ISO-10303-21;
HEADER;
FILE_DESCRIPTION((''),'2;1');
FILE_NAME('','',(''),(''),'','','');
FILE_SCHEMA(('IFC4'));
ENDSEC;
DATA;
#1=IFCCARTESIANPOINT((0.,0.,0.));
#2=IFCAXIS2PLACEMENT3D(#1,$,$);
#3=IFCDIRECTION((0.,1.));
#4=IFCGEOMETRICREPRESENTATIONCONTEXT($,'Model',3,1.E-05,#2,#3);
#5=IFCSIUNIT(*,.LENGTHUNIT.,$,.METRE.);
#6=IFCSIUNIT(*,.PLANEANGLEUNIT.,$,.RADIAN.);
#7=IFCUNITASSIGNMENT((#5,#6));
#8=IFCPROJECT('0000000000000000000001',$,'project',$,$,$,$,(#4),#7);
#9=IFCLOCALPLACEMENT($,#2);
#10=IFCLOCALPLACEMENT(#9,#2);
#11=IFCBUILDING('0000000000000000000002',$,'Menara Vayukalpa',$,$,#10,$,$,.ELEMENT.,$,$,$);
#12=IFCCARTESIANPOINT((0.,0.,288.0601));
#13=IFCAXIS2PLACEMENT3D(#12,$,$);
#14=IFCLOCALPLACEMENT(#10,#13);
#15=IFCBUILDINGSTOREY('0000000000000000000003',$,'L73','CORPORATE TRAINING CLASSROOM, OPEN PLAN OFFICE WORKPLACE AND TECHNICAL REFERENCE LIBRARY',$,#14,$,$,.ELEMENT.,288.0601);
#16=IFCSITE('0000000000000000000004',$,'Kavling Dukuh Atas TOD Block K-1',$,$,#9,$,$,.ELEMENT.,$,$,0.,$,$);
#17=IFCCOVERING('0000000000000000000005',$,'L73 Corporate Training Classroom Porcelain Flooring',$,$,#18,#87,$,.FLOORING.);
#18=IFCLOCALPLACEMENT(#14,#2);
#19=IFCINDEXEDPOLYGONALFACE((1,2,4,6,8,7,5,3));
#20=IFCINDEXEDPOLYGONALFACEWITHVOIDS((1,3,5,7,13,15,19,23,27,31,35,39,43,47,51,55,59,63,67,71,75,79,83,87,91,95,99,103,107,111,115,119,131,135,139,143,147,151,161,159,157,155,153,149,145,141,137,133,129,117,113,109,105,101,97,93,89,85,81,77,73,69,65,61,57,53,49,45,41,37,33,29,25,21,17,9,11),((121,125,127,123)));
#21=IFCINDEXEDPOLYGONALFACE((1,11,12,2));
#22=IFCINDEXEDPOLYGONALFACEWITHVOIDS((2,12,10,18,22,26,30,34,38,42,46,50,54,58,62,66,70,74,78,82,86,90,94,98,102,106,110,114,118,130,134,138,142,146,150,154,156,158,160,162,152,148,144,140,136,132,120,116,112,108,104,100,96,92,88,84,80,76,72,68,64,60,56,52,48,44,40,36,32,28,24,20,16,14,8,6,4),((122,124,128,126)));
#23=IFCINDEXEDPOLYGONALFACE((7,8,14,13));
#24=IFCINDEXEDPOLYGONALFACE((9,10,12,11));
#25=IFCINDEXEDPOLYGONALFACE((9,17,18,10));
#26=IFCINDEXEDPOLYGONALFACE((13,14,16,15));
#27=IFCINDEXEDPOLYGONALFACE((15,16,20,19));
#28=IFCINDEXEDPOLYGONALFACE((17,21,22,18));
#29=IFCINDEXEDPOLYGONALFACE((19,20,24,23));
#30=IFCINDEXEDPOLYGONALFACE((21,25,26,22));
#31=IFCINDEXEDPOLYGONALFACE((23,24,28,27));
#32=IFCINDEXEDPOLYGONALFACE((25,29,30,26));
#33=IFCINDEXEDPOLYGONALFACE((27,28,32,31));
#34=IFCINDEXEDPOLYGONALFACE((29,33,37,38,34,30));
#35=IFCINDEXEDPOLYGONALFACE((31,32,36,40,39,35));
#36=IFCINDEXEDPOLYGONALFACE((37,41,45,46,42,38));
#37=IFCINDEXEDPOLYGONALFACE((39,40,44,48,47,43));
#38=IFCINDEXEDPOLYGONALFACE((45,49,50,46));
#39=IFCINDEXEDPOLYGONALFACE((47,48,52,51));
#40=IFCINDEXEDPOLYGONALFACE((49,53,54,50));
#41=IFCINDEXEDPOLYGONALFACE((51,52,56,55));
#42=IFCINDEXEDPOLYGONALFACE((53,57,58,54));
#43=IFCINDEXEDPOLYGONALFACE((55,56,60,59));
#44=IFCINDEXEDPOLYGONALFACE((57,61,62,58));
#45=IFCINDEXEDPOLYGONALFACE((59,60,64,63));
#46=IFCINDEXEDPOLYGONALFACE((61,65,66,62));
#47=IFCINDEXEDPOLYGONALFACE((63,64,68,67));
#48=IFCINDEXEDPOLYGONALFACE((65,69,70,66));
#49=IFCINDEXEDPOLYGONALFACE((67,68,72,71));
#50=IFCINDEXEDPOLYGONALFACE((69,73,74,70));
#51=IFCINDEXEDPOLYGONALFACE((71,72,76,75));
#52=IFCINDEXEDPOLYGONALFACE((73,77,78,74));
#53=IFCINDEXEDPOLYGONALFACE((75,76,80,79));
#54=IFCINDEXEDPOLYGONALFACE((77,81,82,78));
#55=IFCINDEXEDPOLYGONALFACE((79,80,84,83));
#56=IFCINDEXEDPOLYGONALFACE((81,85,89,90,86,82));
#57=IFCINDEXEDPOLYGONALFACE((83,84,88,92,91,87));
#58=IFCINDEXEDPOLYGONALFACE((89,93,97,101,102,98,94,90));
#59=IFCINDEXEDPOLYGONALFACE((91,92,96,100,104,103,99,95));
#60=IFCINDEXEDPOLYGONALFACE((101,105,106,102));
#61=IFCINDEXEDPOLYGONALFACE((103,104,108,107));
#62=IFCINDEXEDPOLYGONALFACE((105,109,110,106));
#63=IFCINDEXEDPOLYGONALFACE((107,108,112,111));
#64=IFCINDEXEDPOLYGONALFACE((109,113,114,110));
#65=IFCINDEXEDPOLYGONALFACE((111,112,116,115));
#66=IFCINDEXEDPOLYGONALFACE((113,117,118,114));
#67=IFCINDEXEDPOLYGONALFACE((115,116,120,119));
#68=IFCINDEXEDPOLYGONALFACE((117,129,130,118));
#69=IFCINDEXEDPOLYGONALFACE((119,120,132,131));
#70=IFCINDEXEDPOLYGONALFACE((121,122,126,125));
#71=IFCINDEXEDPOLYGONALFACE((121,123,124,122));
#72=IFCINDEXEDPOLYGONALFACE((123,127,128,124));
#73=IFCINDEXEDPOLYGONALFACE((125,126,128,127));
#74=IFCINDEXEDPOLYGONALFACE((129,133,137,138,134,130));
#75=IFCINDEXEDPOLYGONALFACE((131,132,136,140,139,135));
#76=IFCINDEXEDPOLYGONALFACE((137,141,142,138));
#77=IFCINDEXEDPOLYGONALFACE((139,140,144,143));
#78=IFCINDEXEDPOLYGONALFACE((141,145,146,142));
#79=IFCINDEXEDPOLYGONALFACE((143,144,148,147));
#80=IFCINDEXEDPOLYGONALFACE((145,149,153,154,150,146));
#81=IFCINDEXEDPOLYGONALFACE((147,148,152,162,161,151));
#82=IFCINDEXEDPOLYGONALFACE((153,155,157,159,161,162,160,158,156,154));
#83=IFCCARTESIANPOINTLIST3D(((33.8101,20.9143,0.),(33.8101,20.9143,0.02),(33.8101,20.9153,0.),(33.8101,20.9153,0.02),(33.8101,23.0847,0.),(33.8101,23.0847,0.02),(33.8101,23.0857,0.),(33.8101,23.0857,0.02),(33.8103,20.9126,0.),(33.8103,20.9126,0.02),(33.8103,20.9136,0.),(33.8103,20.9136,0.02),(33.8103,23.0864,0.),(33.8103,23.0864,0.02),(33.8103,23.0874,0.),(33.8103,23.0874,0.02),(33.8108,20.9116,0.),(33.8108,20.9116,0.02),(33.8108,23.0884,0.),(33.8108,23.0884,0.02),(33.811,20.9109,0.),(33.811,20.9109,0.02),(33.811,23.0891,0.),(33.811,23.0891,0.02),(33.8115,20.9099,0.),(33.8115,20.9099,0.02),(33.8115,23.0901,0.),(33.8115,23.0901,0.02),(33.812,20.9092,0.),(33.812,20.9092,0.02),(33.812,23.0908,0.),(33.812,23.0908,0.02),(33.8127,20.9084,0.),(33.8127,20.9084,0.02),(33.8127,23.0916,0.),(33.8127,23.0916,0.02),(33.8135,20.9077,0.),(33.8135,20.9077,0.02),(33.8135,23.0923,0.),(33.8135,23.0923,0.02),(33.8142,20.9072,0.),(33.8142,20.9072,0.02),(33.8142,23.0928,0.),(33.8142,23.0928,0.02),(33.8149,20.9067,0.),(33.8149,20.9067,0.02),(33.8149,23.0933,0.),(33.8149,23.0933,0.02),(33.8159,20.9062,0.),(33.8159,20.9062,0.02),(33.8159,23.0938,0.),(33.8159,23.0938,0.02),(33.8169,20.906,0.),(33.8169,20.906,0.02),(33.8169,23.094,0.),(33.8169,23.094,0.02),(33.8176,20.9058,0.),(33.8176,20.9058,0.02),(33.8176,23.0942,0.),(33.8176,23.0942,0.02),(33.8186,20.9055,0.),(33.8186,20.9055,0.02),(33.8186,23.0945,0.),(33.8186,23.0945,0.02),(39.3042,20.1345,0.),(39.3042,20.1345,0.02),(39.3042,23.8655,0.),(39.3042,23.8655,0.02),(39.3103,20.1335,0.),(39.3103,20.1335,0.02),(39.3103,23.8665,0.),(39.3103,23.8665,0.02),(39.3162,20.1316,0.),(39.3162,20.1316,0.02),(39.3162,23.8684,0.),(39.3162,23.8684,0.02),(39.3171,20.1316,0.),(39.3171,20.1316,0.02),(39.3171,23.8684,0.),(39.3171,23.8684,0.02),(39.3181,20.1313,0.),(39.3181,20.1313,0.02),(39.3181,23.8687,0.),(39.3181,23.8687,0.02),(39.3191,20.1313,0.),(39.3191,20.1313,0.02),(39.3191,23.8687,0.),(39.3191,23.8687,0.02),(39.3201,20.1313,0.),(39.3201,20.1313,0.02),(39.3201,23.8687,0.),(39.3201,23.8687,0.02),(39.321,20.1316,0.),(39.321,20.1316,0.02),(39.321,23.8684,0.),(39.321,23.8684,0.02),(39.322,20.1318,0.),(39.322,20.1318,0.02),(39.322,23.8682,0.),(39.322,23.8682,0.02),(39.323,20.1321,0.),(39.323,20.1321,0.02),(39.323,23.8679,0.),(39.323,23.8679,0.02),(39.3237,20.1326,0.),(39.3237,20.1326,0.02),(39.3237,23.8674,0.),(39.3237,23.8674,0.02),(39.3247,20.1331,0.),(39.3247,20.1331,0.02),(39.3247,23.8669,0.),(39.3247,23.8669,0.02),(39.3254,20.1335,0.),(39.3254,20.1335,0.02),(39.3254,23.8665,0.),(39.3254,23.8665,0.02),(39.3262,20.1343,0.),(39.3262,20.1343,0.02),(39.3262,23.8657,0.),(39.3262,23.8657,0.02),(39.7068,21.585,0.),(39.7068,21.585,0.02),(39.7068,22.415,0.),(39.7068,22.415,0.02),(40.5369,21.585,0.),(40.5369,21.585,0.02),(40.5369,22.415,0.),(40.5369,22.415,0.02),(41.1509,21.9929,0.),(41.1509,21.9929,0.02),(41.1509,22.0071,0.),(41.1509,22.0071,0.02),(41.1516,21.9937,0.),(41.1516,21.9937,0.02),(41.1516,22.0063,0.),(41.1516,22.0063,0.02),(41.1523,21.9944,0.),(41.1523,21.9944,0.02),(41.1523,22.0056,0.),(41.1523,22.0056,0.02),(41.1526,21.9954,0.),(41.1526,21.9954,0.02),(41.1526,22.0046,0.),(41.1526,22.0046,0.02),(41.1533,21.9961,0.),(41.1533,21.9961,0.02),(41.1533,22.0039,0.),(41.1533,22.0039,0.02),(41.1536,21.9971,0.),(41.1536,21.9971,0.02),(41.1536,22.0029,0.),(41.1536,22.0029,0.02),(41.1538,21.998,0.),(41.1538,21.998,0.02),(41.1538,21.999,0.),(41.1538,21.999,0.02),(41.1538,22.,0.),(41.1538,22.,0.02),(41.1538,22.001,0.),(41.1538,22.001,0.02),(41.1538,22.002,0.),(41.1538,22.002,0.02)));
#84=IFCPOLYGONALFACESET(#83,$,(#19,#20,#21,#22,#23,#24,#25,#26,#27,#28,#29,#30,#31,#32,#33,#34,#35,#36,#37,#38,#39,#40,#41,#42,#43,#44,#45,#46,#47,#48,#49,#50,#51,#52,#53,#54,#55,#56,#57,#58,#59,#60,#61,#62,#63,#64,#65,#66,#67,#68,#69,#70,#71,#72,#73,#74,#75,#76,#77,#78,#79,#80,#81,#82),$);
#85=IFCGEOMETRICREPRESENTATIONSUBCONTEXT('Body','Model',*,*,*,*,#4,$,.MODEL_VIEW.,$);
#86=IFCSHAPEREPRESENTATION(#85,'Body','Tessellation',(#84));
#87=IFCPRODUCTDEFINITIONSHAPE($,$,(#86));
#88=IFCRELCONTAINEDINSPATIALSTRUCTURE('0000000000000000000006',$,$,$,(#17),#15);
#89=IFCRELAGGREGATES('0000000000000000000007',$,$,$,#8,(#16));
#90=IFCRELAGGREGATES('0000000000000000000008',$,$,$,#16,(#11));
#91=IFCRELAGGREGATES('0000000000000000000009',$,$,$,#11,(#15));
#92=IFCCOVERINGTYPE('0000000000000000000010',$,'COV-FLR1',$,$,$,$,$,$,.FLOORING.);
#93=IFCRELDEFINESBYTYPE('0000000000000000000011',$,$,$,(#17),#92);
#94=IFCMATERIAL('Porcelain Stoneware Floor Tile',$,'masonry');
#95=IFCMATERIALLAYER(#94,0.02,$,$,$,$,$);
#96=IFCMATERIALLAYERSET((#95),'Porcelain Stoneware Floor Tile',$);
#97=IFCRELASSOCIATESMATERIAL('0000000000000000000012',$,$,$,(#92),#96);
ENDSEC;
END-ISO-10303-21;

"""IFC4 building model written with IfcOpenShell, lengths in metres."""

from ifc_helpers import new_model, si_unit, direction, frame, origin, place, context, subcontext, project, spatial, polyline, outline, extrude, material, layer, layer_set, type_object, element, save


model = new_model("IFC4")

# Units and contexts
model_context = context("Model", 3, precision=1e-05, world=origin(), true_north=direction((0.0, 1.0)))
body_context = subcontext(model_context, "Body", "Model", "MODEL_VIEW")
ifc_project = project(units=[si_unit("LENGTHUNIT", "METRE"), si_unit("PLANEANGLEUNIT", "RADIAN")], contexts=[model_context])

# Site, building, storey
site_placement = place(None, origin())
site = spatial("IfcSite", under=ifc_project, at=site_placement, Name="Kavling Dukuh Atas TOD Block K-1", CompositionType="ELEMENT", RefElevation=0.0)
building_placement = place(site_placement, origin())
building = spatial("IfcBuilding", under=site, at=building_placement, Name="Menara Vayukalpa", CompositionType="ELEMENT")
storey_placement = place(building_placement, frame((0.0, 0.0, 288.0601)))
storey = spatial("IfcBuildingStorey", under=building, at=storey_placement, Name="L73", Description="CORPORATE TRAINING CLASSROOM, OPEN PLAN OFFICE WORKPLACE AND TECHNICAL REFERENCE LIBRARY", CompositionType="ELEMENT", Elevation=288.0601)

# Covering
ifc_material_1 = material(Name="Porcelain Stoneware Floor Tile", Category="masonry")
ifc_layer_1 = layer(ifc_material_1, 0.02)
ifc_layer_set_1 = layer_set([ifc_layer_1], Name="Porcelain Stoneware Floor Tile")
covering_type_1 = type_object("IfcCoveringType", Name="COV-FLR1", PredefinedType="FLOORING", material=ifc_layer_set_1)
covering_1_placement = place(storey_placement, origin())
element("IfcCovering", 1, at=covering_1_placement, inside=storey, type_object=covering_type_1, Name="L73 Corporate Training Classroom Porcelain Flooring", PredefinedType="FLOORING", context=body_context, shape_type="SweptSolid", body=[
    extrude(outline(polyline([(41.1523, 22.0056), (41.1526, 22.0046), (41.1533, 22.0039), (41.1536, 22.0029), (41.1538, 22.002), (41.1538, 22.001), (41.1538, 22.0), (41.1538, 21.999), (41.1538, 21.998), (41.1536, 21.9971), (41.1533, 21.9961), (41.1526, 21.9954), (41.1523, 21.9944), (41.1516, 21.9937), (41.1509, 21.9929), (39.3262, 20.1343), (39.3254, 20.1335), (39.3247, 20.1331), (39.3237, 20.1326), (39.323, 20.1321), (39.322, 20.1318), (39.321, 20.1316), (39.3201, 20.1313), (39.3191, 20.1313), (39.3181, 20.1313), (39.3171, 20.1316), (39.3162, 20.1316), (39.3103, 20.1335), (39.3042, 20.1345), (33.8186, 20.9055), (33.8176, 20.9058), (33.8169, 20.906), (33.8159, 20.9062), (33.8149, 20.9067), (33.8142, 20.9072), (33.8135, 20.9077), (33.8127, 20.9084), (33.812, 20.9092), (33.8115, 20.9099), (33.811, 20.9109), (33.8108, 20.9116), (33.8103, 20.9126), (33.8103, 20.9136), (33.8101, 20.9143), (33.8101, 20.9153), (33.8101, 23.0847), (33.8101, 23.0857), (33.8103, 23.0864), (33.8103, 23.0874), (33.8108, 23.0884), (33.811, 23.0891), (33.8115, 23.0901), (33.812, 23.0908), (33.8127, 23.0916), (33.8135, 23.0923), (33.8142, 23.0928), (33.8149, 23.0933), (33.8159, 23.0938), (33.8169, 23.094), (33.8176, 23.0942), (33.8186, 23.0945), (39.3042, 23.8655), (39.3103, 23.8665), (39.3162, 23.8684), (39.3171, 23.8684), (39.3181, 23.8687), (39.3191, 23.8687), (39.3201, 23.8687), (39.321, 23.8684), (39.322, 23.8682), (39.323, 23.8679), (39.3237, 23.8674), (39.3247, 23.8669), (39.3254, 23.8665), (39.3262, 23.8657), (41.1509, 22.0071), (41.1516, 22.0063), (41.1523, 22.0056)]), holes=[polyline([(40.5369, 22.415), (39.7068, 22.415), (39.7068, 21.585), (40.5369, 21.585), (40.5369, 22.415)])]), origin(), (0.0, 0.0, 1.0), 0.02),
])

save(model, "model.ifc")
